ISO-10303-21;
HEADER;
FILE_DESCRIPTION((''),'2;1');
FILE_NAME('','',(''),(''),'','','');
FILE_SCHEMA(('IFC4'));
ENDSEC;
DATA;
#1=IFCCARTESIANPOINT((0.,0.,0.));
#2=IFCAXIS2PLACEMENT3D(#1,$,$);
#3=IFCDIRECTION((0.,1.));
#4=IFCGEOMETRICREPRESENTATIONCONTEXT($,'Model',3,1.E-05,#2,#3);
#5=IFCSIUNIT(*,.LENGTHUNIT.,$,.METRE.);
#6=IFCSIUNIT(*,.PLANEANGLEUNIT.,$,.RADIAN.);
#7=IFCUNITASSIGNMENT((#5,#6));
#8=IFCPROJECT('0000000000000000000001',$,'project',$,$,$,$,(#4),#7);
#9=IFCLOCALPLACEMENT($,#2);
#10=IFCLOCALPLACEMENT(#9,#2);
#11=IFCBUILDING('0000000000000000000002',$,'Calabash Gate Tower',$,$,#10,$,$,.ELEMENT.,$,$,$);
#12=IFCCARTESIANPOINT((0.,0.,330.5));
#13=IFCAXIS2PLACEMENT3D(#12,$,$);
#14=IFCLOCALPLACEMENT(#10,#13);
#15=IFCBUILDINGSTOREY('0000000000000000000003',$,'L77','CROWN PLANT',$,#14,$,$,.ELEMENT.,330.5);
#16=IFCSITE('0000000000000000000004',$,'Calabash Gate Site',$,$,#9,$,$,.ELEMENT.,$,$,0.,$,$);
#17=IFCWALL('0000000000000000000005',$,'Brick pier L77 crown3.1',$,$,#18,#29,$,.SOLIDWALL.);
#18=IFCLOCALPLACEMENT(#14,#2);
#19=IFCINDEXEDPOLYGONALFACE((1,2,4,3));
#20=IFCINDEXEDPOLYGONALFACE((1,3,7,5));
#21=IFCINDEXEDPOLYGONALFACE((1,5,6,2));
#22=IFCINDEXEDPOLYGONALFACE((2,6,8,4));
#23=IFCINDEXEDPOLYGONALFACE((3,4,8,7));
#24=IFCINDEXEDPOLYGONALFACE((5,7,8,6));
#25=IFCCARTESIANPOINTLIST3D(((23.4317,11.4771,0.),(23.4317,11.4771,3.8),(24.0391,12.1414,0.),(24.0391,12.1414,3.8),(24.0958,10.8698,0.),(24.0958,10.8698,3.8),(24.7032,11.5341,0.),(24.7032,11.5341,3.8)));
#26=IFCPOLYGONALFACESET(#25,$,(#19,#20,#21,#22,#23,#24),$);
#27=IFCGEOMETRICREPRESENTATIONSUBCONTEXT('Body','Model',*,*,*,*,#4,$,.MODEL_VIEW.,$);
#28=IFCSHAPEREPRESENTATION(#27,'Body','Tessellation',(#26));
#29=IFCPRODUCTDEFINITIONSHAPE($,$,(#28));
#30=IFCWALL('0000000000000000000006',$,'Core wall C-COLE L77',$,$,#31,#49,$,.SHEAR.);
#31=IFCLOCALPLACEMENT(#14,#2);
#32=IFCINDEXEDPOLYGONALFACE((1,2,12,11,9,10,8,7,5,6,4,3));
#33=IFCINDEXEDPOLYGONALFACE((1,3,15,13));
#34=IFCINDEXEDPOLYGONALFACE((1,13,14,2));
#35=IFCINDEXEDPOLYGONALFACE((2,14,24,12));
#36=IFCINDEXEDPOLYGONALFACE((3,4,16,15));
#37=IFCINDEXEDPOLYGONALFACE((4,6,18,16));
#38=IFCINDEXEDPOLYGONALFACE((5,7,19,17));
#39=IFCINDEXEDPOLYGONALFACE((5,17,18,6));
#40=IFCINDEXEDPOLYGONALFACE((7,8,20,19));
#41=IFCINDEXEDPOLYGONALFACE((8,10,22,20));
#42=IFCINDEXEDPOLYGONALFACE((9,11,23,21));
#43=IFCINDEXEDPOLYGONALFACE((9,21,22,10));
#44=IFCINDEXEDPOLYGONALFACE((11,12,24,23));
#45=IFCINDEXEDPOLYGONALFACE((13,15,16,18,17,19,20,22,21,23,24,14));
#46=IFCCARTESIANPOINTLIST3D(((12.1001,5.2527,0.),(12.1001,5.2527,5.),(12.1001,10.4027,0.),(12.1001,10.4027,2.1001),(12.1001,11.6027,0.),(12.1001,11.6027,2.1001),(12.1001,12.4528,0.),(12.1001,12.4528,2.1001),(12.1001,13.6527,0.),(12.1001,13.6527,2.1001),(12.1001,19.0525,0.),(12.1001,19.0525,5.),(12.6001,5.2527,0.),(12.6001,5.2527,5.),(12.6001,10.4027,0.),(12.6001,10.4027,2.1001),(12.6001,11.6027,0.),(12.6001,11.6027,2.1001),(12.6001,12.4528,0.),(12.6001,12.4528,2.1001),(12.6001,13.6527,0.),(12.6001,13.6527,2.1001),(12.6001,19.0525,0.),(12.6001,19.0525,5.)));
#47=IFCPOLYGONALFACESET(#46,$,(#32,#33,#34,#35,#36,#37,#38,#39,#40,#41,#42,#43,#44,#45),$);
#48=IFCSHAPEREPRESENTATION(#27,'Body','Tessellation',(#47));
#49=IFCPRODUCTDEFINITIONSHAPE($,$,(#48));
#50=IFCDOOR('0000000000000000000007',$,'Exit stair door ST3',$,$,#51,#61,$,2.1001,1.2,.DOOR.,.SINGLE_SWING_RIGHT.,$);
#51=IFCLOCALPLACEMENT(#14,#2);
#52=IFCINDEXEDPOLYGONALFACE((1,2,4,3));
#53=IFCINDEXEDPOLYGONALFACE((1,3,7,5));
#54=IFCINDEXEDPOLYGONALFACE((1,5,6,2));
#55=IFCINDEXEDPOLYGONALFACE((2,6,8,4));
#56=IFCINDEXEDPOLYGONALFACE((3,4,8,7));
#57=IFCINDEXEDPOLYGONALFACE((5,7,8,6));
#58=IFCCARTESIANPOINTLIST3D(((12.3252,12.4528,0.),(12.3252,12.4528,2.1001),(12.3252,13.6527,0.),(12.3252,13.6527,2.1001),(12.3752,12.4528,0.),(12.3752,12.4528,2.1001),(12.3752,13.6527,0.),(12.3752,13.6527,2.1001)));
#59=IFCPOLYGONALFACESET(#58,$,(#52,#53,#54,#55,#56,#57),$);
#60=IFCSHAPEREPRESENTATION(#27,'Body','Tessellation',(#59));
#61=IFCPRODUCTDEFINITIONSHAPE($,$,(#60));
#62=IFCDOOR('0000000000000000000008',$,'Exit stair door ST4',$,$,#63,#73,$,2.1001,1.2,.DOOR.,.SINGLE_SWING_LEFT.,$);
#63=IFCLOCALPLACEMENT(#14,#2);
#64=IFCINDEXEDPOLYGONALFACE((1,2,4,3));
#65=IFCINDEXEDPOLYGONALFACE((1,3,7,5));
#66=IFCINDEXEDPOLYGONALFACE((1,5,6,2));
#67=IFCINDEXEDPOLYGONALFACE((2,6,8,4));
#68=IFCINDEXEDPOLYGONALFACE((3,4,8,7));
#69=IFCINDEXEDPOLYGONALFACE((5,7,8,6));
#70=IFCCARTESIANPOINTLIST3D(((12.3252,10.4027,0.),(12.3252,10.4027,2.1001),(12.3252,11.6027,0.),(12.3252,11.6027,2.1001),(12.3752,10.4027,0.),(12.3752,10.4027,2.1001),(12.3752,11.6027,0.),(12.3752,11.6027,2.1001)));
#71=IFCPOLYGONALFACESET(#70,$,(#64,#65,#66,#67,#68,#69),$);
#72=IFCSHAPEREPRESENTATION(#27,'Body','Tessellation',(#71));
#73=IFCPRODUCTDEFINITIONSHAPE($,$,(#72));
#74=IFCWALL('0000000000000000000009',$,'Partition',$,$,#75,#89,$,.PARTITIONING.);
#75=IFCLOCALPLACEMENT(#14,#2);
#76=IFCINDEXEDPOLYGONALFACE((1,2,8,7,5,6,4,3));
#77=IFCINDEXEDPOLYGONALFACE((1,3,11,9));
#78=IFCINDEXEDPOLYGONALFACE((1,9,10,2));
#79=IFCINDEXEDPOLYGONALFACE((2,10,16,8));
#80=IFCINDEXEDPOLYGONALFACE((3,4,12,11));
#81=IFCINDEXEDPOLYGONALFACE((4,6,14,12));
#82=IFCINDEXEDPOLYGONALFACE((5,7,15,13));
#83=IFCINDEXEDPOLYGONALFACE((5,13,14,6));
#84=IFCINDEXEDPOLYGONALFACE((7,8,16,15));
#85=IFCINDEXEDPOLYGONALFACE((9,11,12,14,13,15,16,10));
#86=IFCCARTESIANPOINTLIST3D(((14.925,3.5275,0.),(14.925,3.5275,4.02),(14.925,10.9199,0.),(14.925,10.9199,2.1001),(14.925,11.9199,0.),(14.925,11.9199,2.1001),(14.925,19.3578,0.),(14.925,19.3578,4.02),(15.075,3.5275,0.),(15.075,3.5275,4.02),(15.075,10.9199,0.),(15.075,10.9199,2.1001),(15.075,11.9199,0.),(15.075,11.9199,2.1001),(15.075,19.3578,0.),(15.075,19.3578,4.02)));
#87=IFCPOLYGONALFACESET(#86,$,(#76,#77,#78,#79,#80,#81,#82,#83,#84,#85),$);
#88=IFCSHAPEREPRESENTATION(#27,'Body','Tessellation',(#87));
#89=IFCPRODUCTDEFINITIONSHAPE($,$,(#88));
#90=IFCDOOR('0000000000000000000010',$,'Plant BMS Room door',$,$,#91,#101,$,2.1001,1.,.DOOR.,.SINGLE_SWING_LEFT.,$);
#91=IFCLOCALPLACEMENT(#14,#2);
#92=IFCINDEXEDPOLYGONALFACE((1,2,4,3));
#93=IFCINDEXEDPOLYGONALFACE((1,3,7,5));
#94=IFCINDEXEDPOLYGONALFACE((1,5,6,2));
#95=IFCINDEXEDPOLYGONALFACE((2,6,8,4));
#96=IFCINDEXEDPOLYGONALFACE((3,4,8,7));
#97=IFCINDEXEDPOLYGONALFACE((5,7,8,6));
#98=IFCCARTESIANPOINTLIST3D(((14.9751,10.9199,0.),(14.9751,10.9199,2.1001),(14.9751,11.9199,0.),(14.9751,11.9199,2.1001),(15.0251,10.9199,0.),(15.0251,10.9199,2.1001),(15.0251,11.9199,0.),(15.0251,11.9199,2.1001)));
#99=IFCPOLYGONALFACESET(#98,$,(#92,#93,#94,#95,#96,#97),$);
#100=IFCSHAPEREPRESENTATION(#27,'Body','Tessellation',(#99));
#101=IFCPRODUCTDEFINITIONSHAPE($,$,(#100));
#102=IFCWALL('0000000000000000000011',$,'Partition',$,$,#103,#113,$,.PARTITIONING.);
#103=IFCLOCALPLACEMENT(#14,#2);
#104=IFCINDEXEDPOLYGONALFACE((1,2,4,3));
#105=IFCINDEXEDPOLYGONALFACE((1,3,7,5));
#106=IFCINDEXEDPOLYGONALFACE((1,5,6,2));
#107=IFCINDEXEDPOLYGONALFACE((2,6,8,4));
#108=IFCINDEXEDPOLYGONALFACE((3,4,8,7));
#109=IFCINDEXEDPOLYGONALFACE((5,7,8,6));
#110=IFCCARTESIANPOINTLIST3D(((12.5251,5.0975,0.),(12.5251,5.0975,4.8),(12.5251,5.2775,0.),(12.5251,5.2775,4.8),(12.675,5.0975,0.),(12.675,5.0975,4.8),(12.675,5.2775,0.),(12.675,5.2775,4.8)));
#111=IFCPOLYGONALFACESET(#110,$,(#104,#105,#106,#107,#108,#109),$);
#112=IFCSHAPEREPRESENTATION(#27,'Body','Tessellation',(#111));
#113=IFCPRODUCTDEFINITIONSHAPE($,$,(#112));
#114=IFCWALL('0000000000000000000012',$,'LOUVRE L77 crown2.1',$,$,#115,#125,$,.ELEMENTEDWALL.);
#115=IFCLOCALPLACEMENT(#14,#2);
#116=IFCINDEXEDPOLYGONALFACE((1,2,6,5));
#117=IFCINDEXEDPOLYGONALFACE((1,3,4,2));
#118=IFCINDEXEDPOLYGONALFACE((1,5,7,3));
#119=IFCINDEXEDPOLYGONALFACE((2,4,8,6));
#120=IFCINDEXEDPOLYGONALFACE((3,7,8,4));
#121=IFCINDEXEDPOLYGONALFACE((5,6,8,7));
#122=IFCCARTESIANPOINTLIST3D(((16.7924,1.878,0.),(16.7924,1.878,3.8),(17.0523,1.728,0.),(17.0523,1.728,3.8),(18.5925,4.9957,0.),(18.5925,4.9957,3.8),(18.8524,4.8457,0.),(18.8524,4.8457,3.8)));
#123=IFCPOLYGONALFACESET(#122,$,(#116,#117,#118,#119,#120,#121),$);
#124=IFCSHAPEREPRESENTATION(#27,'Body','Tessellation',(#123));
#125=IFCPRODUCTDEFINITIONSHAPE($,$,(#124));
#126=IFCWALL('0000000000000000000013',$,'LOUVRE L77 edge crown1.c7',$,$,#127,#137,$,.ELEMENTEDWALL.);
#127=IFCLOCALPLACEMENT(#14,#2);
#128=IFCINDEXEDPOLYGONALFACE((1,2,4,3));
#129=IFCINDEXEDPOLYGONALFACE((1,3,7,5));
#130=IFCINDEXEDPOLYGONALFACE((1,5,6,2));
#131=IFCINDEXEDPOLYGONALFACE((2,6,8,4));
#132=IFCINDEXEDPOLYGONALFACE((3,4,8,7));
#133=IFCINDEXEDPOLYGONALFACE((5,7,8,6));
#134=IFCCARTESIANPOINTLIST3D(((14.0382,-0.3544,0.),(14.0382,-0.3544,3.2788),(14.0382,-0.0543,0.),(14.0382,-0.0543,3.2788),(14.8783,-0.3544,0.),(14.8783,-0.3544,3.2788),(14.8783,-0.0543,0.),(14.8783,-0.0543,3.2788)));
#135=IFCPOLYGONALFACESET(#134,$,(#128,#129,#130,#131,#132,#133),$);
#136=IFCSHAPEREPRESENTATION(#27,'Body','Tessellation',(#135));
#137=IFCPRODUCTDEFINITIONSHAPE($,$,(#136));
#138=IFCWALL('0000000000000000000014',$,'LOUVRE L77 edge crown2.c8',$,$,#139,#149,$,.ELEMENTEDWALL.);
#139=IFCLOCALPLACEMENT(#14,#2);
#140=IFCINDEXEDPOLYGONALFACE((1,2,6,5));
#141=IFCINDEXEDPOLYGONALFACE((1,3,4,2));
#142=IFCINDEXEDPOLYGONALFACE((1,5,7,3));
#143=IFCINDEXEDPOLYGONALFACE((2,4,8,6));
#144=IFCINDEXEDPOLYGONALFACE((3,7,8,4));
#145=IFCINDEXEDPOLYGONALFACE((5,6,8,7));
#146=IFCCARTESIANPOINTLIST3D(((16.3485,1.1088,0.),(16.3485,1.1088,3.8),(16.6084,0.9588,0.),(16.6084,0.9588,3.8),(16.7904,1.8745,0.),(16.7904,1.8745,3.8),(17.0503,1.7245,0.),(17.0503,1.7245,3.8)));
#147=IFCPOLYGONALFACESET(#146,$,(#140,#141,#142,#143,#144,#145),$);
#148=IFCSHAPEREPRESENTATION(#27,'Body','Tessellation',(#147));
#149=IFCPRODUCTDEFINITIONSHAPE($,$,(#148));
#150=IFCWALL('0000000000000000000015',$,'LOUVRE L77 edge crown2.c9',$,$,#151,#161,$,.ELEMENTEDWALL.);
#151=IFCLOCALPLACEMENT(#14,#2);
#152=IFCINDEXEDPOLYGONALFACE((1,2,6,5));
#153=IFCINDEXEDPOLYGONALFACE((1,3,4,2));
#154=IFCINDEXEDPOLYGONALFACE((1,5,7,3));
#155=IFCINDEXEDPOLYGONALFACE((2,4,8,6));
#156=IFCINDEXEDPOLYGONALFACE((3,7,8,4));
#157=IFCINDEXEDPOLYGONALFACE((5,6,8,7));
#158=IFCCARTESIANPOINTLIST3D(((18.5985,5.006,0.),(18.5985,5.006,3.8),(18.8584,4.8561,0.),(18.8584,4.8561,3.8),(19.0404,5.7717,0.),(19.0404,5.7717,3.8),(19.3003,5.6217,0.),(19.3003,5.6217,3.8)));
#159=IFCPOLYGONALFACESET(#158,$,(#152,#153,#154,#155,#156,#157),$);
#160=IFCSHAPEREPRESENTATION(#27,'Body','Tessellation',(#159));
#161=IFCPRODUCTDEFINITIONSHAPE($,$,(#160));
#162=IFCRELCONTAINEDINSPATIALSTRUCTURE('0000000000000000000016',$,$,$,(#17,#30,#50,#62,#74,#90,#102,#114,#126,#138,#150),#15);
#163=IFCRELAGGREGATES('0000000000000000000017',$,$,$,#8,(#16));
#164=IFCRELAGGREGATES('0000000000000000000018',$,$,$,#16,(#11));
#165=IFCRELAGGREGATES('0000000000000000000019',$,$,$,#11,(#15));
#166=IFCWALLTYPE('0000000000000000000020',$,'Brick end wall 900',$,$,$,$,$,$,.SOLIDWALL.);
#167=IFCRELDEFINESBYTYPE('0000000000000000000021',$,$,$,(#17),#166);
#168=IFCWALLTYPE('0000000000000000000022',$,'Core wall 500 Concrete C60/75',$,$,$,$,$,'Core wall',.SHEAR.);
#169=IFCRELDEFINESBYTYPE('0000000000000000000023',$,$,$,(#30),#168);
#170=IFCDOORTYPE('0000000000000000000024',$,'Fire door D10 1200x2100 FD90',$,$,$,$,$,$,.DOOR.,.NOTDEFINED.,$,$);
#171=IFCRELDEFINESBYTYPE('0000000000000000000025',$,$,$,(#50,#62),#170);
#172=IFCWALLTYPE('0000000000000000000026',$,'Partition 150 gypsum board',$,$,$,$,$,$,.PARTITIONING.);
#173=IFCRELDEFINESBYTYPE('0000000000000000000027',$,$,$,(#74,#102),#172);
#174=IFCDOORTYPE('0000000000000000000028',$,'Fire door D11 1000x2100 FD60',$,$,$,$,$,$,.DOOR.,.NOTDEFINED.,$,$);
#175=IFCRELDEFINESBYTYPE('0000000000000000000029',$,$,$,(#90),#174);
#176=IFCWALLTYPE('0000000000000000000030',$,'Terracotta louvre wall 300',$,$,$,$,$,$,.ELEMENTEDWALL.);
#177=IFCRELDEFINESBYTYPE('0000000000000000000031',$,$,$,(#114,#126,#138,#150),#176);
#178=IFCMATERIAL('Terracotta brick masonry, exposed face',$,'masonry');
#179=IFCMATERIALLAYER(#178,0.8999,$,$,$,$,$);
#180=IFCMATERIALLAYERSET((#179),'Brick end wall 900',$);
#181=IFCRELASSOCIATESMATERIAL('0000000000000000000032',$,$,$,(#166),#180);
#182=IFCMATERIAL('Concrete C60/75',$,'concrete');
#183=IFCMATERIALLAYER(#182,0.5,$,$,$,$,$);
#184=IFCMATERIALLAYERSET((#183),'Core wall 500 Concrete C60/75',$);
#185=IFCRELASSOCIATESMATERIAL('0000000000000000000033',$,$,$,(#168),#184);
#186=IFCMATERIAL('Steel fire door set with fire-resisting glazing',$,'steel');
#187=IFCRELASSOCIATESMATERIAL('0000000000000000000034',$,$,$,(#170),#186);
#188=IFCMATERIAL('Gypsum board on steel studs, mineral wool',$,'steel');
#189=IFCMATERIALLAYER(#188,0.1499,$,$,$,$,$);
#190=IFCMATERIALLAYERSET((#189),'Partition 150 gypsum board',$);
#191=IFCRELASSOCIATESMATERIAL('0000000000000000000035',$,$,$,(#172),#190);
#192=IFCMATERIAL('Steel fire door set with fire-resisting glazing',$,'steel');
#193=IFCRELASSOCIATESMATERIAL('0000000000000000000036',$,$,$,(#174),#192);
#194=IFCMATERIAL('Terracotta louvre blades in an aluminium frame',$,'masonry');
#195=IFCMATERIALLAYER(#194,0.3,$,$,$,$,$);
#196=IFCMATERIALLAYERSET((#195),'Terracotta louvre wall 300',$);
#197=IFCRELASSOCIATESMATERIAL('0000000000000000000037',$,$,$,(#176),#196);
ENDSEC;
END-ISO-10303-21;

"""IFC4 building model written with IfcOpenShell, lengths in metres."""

from ifc_helpers import new_model, si_unit, direction, frame, frame_2d, origin, place, context, subcontext, project, spatial, rectangle, extrude, material, layer, layer_set, type_object, element, fill, save


model = new_model("IFC4")

# Units and contexts
model_context = context("Model", 3, precision=1e-05, world=origin(), true_north=direction((0.0, 1.0)))
body_context = subcontext(model_context, "Body", "Model", "MODEL_VIEW")
ifc_project = project(units=[si_unit("LENGTHUNIT", "METRE"), si_unit("PLANEANGLEUNIT", "RADIAN")], contexts=[model_context])

# Site, building, storey
site_placement = place(None, origin())
site = spatial("IfcSite", under=ifc_project, at=site_placement, Name="Calabash Gate Site", CompositionType="ELEMENT", RefElevation=0.0)
building_placement = place(site_placement, origin())
building = spatial("IfcBuilding", under=site, at=building_placement, Name="Calabash Gate Tower", CompositionType="ELEMENT")
storey_placement = place(building_placement, frame((0.0, 0.0, 330.5)))
storey = spatial("IfcBuildingStorey", under=building, at=storey_placement, Name="L77", Description="CROWN PLANT", CompositionType="ELEMENT", Elevation=330.5)

# Wall
ifc_material_1 = material(Name="Terracotta brick masonry, exposed face", Category="masonry")
ifc_layer_1 = layer(ifc_material_1, 0.8999)
ifc_layer_set_1 = layer_set([ifc_layer_1], Name="Brick end wall 900")
wall_type_1 = type_object("IfcWallType", Name="Brick end wall 900", PredefinedType="SOLIDWALL", material=ifc_layer_set_1)
wall_1_placement = place(storey_placement, frame((23.7637, 11.1733, 0.0), z_axis=(0.0, 0.0, 1.0), x_axis=(0.674803, 0.737998, 0.0)))
element("IfcWall", 1, at=wall_1_placement, inside=storey, type_object=wall_type_1, Name="Brick pier L77 crown3.1", PredefinedType="SOLIDWALL", context=body_context, shape_type="SweptSolid", body=[
    extrude(rectangle(XDim=0.9001, YDim=0.8999, at=frame_2d((0.4502, 0.0))), origin(), (0.0, 0.0, 1.0), 3.8),
])

# Wall, openings, doors
ifc_material_2 = material(Name="Concrete C60/75", Category="concrete")
ifc_layer_2 = layer(ifc_material_2, 0.5)
ifc_layer_set_2 = layer_set([ifc_layer_2], Name="Core wall 500 Concrete C60/75")
wall_type_2 = type_object("IfcWallType", Name="Core wall 500 Concrete C60/75", ElementType="Core wall", PredefinedType="SHEAR", material=ifc_layer_set_2)
wall_2_placement = place(storey_placement, frame((12.3501, 5.2527, 0.0), z_axis=(0.0, 0.0, 1.0), x_axis=(0.0, 1.0, 0.0)))
wall_2 = element("IfcWall", 2, at=wall_2_placement, inside=storey, type_object=wall_type_2, Name="Core wall C-COLE L77", PredefinedType="SHEAR", context=body_context, shape_type="SweptSolid", body=[
    extrude(rectangle(XDim=13.7998, YDim=0.5, at=frame_2d((6.8999, 0.0))), origin(), (0.0, 0.0, 1.0), 5.0),
])
opening_1_placement = place(wall_2_placement, frame((7.2, 0.0, 0.0)))
opening_1 = element("IfcOpeningElement", 3, at=opening_1_placement, cuts=wall_2, PredefinedType="OPENING", context=body_context, shape_type="SweptSolid", body=[
    extrude(rectangle(XDim=1.2, YDim=2.1001, at=frame_2d((0.6001, 1.05))), frame((0.0, 0.26, 0.0), z_axis=(0.0, -1.0, 0.0), x_axis=(1.0, 0.0, 0.0)), (0.0, 0.0, 1.0), 0.52),
])
opening_2_placement = place(wall_2_placement, frame((5.1499, 0.0, 0.0)))
opening_2 = element("IfcOpeningElement", 4, at=opening_2_placement, cuts=wall_2, PredefinedType="OPENING", context=body_context, shape_type="SweptSolid", body=[
    extrude(rectangle(XDim=1.2, YDim=2.1001, at=frame_2d((0.6001, 1.05))), frame((0.0, 0.26, 0.0), z_axis=(0.0, -1.0, 0.0), x_axis=(1.0, 0.0, 0.0)), (0.0, 0.0, 1.0), 0.52),
])
ifc_material_3 = material(Name="Steel fire door set with fire-resisting glazing", Category="steel")
door_type_1 = type_object("IfcDoorType", Name="Fire door D10 1200x2100 FD90", OperationType="NOTDEFINED", PredefinedType="DOOR", material=ifc_material_3)
door_1_placement = place(opening_1_placement, origin())
door_1 = element("IfcDoor", 5, at=door_1_placement, inside=storey, type_object=door_type_1, Name="Exit stair door ST3", OperationType="SINGLE_SWING_RIGHT", OverallHeight=2.1001, OverallWidth=1.2, PredefinedType="DOOR", context=body_context, shape_type="SweptSolid", body=[
    extrude(rectangle(XDim=1.2, YDim=2.1001, at=frame_2d((0.6001, 1.05))), frame((0.0, 0.0249, 0.0), z_axis=(0.0, -1.0, 0.0), x_axis=(1.0, 0.0, 0.0)), (0.0, 0.0, 1.0), 0.05),
])
fill(opening_1, door_1)
door_2_placement = place(opening_2_placement, origin())
door_2 = element("IfcDoor", 6, at=door_2_placement, inside=storey, type_object=door_type_1, Name="Exit stair door ST4", OperationType="SINGLE_SWING_LEFT", OverallHeight=2.1001, OverallWidth=1.2, PredefinedType="DOOR", context=body_context, shape_type="SweptSolid", body=[
    extrude(rectangle(XDim=1.2, YDim=2.1001, at=frame_2d((0.6001, 1.05))), frame((0.0, 0.0249, 0.0), z_axis=(0.0, -1.0, 0.0), x_axis=(1.0, 0.0, 0.0)), (0.0, 0.0, 1.0), 0.05),
])
fill(opening_2, door_2)

# Wall, opening, door
ifc_material_4 = material(Name="Gypsum board on steel studs, mineral wool", Category="steel")
ifc_layer_3 = layer(ifc_material_4, 0.1499)
ifc_layer_set_3 = layer_set([ifc_layer_3], Name="Partition 150 gypsum board")
wall_type_3 = type_object("IfcWallType", Name="Partition 150 gypsum board", PredefinedType="PARTITIONING", material=ifc_layer_set_3)
wall_3_placement = place(storey_placement, frame((15.0, 3.5276, 0.0), z_axis=(0.0, 0.0, 1.0), x_axis=(0.0, 1.0, 0.0)))
wall_3 = element("IfcWall", 7, at=wall_3_placement, inside=storey, type_object=wall_type_3, Name="Partition", PredefinedType="PARTITIONING", context=body_context, shape_type="SweptSolid", body=[
    extrude(rectangle(XDim=15.8303, YDim=0.1499, at=frame_2d((7.915, 0.0))), origin(), (0.0, 0.0, 1.0), 4.02),
])
opening_3_placement = place(wall_3_placement, frame((7.3923, 0.0, 0.0)))
opening_3 = element("IfcOpeningElement", 8, at=opening_3_placement, cuts=wall_3, PredefinedType="OPENING", context=body_context, shape_type="SweptSolid", body=[
    extrude(rectangle(XDim=1.0, YDim=2.1001, at=frame_2d((0.5, 1.05))), frame((0.0, 0.085, 0.0), z_axis=(0.0, -1.0, 0.0), x_axis=(1.0, 0.0, 0.0)), (0.0, 0.0, 1.0), 0.1699),
])
ifc_material_5 = material(Name="Steel fire door set with fire-resisting glazing", Category="steel")
door_type_2 = type_object("IfcDoorType", Name="Fire door D11 1000x2100 FD60", OperationType="NOTDEFINED", PredefinedType="DOOR", material=ifc_material_5)
door_3_placement = place(opening_3_placement, origin())
door_3 = element("IfcDoor", 9, at=door_3_placement, inside=storey, type_object=door_type_2, Name="Plant BMS Room door", OperationType="SINGLE_SWING_LEFT", OverallHeight=2.1001, OverallWidth=1.0, PredefinedType="DOOR", context=body_context, shape_type="SweptSolid", body=[
    extrude(rectangle(XDim=1.0, YDim=2.1001, at=frame_2d((0.5, 1.05))), frame((0.0, 0.0249, 0.0), z_axis=(0.0, -1.0, 0.0), x_axis=(1.0, 0.0, 0.0)), (0.0, 0.0, 1.0), 0.05),
])
fill(opening_3, door_3)

# Walls
wall_4_placement = place(storey_placement, frame((12.6001, 5.0977, 0.0), z_axis=(0.0, 0.0, 1.0), x_axis=(0.0, 1.0, 0.0)))
element("IfcWall", 10, at=wall_4_placement, inside=storey, type_object=wall_type_3, Name="Partition", PredefinedType="PARTITIONING", context=body_context, shape_type="SweptSolid", body=[
    extrude(rectangle(XDim=0.1799, YDim=0.1499, at=frame_2d((0.0898, 0.0))), origin(), (0.0, 0.0, 1.0), 4.8),
])
ifc_material_6 = material(Name="Terracotta louvre blades in an aluminium frame", Category="masonry")
ifc_layer_4 = layer(ifc_material_6, 0.3)
ifc_layer_set_4 = layer_set([ifc_layer_4], Name="Terracotta louvre wall 300")
wall_type_4 = type_object("IfcWallType", Name="Terracotta louvre wall 300", PredefinedType="ELEMENTEDWALL", material=ifc_layer_set_4)
wall_5_placement = place(storey_placement, frame((16.9224, 1.803, 0.0), z_axis=(0.0, 0.0, 1.0), x_axis=(0.500012, 0.866018, 0.0)))
element("IfcWall", 11, at=wall_5_placement, inside=storey, type_object=wall_type_4, Name="LOUVRE L77 crown2.1", PredefinedType="ELEMENTEDWALL", context=body_context, shape_type="SweptSolid", body=[
    extrude(rectangle(XDim=3.6001, YDim=0.3, at=frame_2d((1.8, 0.0))), origin(), (0.0, 0.0, 1.0), 3.8),
])
wall_6_placement = place(storey_placement, frame((14.0383, -0.2043, 0.0), z_axis=(0.0, 0.0, 1.0), x_axis=(1.0, 0.0, 0.0)))
element("IfcWall", 12, at=wall_6_placement, inside=storey, type_object=wall_type_4, Name="LOUVRE L77 edge crown1.c7", PredefinedType="ELEMENTEDWALL", context=body_context, shape_type="SweptSolid", body=[
    extrude(rectangle(XDim=0.8401, YDim=0.3, at=frame_2d((0.4199, 0.0))), origin(), (0.0, 0.0, 1.0), 3.2788),
])
for number, where, z_axis, x_axis, name in (
    (13, (16.4785, 1.0339, 0.0), (0.0, 0.0, 1.0), (0.499882, 0.866094, 0.0), "LOUVRE L77 edge crown2.c8"),
    (14, (18.7285, 4.9312, 0.0), (0.0, 0.0, 1.0), (0.499882, 0.866094, 0.0), "LOUVRE L77 edge crown2.c9"),
):
    element("IfcWall", number, at=place(storey_placement, frame(where, z_axis=z_axis, x_axis=x_axis)), inside=storey, type_object=wall_type_4, Name=name, PredefinedType="ELEMENTEDWALL", context=body_context, shape_type="SweptSolid", body=[
        extrude(rectangle(XDim=0.884, YDim=0.3, at=frame_2d((0.4419, 0.0))), origin(), (0.0, 0.0, 1.0), 3.8),
    ])

save(model, "model.ifc")
